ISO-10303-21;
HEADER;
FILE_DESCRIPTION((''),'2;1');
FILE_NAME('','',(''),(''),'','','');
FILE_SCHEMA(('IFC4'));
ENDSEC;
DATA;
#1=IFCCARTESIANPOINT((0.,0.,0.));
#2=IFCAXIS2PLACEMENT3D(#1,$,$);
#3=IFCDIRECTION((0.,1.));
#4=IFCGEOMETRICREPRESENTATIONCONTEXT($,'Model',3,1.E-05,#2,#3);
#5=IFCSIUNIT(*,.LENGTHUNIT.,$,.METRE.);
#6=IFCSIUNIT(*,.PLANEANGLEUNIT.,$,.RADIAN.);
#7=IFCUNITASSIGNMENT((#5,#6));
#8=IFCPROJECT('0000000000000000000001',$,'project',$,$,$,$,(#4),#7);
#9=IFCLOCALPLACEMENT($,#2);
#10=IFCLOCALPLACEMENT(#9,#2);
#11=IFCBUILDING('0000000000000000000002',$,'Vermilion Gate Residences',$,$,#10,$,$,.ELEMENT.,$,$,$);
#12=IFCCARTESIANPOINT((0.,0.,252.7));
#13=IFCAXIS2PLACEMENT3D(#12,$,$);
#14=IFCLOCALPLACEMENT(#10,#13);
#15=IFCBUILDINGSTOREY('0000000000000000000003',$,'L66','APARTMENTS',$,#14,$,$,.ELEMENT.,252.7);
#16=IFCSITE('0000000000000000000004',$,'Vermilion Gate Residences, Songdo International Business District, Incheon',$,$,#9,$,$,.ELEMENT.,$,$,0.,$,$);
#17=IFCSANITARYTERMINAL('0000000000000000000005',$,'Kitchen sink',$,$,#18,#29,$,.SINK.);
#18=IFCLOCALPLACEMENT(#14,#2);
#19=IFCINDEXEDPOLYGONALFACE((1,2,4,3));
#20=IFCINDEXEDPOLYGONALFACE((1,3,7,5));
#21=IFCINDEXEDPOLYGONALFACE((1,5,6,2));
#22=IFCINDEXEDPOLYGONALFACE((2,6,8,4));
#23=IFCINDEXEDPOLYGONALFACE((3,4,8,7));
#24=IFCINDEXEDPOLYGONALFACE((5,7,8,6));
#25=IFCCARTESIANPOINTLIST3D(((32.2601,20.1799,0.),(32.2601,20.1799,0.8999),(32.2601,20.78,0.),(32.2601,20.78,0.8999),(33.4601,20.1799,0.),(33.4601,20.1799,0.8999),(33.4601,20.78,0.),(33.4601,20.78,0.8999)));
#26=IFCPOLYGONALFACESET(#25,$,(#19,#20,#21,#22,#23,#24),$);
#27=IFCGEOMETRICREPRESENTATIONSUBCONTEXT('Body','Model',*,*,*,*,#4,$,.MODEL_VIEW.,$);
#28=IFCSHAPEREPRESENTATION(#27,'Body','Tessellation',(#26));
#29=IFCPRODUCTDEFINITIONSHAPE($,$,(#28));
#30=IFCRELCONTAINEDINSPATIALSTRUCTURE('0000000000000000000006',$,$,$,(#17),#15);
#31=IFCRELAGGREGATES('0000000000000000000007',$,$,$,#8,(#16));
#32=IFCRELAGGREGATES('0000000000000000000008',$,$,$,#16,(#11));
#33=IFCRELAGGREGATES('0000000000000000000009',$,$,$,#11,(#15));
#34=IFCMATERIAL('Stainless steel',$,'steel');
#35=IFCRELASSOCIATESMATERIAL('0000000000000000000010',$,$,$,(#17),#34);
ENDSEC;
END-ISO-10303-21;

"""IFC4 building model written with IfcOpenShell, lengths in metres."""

from ifc_helpers import new_model, si_unit, direction, frame, origin, origin_2d, place, context, subcontext, project, spatial, rectangle, extrude, material, element, save


model = new_model("IFC4")

# Units and contexts
model_context = context("Model", 3, precision=1e-05, world=origin(), true_north=direction((0.0, 1.0)))
body_context = subcontext(model_context, "Body", "Model", "MODEL_VIEW")
ifc_project = project(units=[si_unit("LENGTHUNIT", "METRE"), si_unit("PLANEANGLEUNIT", "RADIAN")], contexts=[model_context])

# Site, building, storey
site_placement = place(None, origin())
site = spatial("IfcSite", under=ifc_project, at=site_placement, Name="Vermilion Gate Residences, Songdo International Business District, Incheon", CompositionType="ELEMENT", RefElevation=0.0)
building_placement = place(site_placement, origin())
building = spatial("IfcBuilding", under=site, at=building_placement, Name="Vermilion Gate Residences", CompositionType="ELEMENT")
storey_placement = place(building_placement, frame((0.0, 0.0, 252.7)))
storey = spatial("IfcBuildingStorey", under=building, at=storey_placement, Name="L66", Description="APARTMENTS", CompositionType="ELEMENT", Elevation=252.7)

# Sanitary terminal
ifc_material_1 = material(Name="Stainless steel", Category="steel")
sanitary_terminal_1_placement = place(storey_placement, frame((32.8601, 20.48, 0.0), z_axis=(0.0, 0.0, 1.0), x_axis=(1.0, 0.0, 0.0)))
element("IfcSanitaryTerminal", 1, at=sanitary_terminal_1_placement, inside=storey, material=ifc_material_1, Name="Kitchen sink", PredefinedType="SINK", context=body_context, shape_type="SweptSolid", body=[
    extrude(rectangle(XDim=1.2, YDim=0.6001, at=origin_2d()), origin(), (0.0, 0.0, 1.0), 0.8999),
])

save(model, "model.ifc")
